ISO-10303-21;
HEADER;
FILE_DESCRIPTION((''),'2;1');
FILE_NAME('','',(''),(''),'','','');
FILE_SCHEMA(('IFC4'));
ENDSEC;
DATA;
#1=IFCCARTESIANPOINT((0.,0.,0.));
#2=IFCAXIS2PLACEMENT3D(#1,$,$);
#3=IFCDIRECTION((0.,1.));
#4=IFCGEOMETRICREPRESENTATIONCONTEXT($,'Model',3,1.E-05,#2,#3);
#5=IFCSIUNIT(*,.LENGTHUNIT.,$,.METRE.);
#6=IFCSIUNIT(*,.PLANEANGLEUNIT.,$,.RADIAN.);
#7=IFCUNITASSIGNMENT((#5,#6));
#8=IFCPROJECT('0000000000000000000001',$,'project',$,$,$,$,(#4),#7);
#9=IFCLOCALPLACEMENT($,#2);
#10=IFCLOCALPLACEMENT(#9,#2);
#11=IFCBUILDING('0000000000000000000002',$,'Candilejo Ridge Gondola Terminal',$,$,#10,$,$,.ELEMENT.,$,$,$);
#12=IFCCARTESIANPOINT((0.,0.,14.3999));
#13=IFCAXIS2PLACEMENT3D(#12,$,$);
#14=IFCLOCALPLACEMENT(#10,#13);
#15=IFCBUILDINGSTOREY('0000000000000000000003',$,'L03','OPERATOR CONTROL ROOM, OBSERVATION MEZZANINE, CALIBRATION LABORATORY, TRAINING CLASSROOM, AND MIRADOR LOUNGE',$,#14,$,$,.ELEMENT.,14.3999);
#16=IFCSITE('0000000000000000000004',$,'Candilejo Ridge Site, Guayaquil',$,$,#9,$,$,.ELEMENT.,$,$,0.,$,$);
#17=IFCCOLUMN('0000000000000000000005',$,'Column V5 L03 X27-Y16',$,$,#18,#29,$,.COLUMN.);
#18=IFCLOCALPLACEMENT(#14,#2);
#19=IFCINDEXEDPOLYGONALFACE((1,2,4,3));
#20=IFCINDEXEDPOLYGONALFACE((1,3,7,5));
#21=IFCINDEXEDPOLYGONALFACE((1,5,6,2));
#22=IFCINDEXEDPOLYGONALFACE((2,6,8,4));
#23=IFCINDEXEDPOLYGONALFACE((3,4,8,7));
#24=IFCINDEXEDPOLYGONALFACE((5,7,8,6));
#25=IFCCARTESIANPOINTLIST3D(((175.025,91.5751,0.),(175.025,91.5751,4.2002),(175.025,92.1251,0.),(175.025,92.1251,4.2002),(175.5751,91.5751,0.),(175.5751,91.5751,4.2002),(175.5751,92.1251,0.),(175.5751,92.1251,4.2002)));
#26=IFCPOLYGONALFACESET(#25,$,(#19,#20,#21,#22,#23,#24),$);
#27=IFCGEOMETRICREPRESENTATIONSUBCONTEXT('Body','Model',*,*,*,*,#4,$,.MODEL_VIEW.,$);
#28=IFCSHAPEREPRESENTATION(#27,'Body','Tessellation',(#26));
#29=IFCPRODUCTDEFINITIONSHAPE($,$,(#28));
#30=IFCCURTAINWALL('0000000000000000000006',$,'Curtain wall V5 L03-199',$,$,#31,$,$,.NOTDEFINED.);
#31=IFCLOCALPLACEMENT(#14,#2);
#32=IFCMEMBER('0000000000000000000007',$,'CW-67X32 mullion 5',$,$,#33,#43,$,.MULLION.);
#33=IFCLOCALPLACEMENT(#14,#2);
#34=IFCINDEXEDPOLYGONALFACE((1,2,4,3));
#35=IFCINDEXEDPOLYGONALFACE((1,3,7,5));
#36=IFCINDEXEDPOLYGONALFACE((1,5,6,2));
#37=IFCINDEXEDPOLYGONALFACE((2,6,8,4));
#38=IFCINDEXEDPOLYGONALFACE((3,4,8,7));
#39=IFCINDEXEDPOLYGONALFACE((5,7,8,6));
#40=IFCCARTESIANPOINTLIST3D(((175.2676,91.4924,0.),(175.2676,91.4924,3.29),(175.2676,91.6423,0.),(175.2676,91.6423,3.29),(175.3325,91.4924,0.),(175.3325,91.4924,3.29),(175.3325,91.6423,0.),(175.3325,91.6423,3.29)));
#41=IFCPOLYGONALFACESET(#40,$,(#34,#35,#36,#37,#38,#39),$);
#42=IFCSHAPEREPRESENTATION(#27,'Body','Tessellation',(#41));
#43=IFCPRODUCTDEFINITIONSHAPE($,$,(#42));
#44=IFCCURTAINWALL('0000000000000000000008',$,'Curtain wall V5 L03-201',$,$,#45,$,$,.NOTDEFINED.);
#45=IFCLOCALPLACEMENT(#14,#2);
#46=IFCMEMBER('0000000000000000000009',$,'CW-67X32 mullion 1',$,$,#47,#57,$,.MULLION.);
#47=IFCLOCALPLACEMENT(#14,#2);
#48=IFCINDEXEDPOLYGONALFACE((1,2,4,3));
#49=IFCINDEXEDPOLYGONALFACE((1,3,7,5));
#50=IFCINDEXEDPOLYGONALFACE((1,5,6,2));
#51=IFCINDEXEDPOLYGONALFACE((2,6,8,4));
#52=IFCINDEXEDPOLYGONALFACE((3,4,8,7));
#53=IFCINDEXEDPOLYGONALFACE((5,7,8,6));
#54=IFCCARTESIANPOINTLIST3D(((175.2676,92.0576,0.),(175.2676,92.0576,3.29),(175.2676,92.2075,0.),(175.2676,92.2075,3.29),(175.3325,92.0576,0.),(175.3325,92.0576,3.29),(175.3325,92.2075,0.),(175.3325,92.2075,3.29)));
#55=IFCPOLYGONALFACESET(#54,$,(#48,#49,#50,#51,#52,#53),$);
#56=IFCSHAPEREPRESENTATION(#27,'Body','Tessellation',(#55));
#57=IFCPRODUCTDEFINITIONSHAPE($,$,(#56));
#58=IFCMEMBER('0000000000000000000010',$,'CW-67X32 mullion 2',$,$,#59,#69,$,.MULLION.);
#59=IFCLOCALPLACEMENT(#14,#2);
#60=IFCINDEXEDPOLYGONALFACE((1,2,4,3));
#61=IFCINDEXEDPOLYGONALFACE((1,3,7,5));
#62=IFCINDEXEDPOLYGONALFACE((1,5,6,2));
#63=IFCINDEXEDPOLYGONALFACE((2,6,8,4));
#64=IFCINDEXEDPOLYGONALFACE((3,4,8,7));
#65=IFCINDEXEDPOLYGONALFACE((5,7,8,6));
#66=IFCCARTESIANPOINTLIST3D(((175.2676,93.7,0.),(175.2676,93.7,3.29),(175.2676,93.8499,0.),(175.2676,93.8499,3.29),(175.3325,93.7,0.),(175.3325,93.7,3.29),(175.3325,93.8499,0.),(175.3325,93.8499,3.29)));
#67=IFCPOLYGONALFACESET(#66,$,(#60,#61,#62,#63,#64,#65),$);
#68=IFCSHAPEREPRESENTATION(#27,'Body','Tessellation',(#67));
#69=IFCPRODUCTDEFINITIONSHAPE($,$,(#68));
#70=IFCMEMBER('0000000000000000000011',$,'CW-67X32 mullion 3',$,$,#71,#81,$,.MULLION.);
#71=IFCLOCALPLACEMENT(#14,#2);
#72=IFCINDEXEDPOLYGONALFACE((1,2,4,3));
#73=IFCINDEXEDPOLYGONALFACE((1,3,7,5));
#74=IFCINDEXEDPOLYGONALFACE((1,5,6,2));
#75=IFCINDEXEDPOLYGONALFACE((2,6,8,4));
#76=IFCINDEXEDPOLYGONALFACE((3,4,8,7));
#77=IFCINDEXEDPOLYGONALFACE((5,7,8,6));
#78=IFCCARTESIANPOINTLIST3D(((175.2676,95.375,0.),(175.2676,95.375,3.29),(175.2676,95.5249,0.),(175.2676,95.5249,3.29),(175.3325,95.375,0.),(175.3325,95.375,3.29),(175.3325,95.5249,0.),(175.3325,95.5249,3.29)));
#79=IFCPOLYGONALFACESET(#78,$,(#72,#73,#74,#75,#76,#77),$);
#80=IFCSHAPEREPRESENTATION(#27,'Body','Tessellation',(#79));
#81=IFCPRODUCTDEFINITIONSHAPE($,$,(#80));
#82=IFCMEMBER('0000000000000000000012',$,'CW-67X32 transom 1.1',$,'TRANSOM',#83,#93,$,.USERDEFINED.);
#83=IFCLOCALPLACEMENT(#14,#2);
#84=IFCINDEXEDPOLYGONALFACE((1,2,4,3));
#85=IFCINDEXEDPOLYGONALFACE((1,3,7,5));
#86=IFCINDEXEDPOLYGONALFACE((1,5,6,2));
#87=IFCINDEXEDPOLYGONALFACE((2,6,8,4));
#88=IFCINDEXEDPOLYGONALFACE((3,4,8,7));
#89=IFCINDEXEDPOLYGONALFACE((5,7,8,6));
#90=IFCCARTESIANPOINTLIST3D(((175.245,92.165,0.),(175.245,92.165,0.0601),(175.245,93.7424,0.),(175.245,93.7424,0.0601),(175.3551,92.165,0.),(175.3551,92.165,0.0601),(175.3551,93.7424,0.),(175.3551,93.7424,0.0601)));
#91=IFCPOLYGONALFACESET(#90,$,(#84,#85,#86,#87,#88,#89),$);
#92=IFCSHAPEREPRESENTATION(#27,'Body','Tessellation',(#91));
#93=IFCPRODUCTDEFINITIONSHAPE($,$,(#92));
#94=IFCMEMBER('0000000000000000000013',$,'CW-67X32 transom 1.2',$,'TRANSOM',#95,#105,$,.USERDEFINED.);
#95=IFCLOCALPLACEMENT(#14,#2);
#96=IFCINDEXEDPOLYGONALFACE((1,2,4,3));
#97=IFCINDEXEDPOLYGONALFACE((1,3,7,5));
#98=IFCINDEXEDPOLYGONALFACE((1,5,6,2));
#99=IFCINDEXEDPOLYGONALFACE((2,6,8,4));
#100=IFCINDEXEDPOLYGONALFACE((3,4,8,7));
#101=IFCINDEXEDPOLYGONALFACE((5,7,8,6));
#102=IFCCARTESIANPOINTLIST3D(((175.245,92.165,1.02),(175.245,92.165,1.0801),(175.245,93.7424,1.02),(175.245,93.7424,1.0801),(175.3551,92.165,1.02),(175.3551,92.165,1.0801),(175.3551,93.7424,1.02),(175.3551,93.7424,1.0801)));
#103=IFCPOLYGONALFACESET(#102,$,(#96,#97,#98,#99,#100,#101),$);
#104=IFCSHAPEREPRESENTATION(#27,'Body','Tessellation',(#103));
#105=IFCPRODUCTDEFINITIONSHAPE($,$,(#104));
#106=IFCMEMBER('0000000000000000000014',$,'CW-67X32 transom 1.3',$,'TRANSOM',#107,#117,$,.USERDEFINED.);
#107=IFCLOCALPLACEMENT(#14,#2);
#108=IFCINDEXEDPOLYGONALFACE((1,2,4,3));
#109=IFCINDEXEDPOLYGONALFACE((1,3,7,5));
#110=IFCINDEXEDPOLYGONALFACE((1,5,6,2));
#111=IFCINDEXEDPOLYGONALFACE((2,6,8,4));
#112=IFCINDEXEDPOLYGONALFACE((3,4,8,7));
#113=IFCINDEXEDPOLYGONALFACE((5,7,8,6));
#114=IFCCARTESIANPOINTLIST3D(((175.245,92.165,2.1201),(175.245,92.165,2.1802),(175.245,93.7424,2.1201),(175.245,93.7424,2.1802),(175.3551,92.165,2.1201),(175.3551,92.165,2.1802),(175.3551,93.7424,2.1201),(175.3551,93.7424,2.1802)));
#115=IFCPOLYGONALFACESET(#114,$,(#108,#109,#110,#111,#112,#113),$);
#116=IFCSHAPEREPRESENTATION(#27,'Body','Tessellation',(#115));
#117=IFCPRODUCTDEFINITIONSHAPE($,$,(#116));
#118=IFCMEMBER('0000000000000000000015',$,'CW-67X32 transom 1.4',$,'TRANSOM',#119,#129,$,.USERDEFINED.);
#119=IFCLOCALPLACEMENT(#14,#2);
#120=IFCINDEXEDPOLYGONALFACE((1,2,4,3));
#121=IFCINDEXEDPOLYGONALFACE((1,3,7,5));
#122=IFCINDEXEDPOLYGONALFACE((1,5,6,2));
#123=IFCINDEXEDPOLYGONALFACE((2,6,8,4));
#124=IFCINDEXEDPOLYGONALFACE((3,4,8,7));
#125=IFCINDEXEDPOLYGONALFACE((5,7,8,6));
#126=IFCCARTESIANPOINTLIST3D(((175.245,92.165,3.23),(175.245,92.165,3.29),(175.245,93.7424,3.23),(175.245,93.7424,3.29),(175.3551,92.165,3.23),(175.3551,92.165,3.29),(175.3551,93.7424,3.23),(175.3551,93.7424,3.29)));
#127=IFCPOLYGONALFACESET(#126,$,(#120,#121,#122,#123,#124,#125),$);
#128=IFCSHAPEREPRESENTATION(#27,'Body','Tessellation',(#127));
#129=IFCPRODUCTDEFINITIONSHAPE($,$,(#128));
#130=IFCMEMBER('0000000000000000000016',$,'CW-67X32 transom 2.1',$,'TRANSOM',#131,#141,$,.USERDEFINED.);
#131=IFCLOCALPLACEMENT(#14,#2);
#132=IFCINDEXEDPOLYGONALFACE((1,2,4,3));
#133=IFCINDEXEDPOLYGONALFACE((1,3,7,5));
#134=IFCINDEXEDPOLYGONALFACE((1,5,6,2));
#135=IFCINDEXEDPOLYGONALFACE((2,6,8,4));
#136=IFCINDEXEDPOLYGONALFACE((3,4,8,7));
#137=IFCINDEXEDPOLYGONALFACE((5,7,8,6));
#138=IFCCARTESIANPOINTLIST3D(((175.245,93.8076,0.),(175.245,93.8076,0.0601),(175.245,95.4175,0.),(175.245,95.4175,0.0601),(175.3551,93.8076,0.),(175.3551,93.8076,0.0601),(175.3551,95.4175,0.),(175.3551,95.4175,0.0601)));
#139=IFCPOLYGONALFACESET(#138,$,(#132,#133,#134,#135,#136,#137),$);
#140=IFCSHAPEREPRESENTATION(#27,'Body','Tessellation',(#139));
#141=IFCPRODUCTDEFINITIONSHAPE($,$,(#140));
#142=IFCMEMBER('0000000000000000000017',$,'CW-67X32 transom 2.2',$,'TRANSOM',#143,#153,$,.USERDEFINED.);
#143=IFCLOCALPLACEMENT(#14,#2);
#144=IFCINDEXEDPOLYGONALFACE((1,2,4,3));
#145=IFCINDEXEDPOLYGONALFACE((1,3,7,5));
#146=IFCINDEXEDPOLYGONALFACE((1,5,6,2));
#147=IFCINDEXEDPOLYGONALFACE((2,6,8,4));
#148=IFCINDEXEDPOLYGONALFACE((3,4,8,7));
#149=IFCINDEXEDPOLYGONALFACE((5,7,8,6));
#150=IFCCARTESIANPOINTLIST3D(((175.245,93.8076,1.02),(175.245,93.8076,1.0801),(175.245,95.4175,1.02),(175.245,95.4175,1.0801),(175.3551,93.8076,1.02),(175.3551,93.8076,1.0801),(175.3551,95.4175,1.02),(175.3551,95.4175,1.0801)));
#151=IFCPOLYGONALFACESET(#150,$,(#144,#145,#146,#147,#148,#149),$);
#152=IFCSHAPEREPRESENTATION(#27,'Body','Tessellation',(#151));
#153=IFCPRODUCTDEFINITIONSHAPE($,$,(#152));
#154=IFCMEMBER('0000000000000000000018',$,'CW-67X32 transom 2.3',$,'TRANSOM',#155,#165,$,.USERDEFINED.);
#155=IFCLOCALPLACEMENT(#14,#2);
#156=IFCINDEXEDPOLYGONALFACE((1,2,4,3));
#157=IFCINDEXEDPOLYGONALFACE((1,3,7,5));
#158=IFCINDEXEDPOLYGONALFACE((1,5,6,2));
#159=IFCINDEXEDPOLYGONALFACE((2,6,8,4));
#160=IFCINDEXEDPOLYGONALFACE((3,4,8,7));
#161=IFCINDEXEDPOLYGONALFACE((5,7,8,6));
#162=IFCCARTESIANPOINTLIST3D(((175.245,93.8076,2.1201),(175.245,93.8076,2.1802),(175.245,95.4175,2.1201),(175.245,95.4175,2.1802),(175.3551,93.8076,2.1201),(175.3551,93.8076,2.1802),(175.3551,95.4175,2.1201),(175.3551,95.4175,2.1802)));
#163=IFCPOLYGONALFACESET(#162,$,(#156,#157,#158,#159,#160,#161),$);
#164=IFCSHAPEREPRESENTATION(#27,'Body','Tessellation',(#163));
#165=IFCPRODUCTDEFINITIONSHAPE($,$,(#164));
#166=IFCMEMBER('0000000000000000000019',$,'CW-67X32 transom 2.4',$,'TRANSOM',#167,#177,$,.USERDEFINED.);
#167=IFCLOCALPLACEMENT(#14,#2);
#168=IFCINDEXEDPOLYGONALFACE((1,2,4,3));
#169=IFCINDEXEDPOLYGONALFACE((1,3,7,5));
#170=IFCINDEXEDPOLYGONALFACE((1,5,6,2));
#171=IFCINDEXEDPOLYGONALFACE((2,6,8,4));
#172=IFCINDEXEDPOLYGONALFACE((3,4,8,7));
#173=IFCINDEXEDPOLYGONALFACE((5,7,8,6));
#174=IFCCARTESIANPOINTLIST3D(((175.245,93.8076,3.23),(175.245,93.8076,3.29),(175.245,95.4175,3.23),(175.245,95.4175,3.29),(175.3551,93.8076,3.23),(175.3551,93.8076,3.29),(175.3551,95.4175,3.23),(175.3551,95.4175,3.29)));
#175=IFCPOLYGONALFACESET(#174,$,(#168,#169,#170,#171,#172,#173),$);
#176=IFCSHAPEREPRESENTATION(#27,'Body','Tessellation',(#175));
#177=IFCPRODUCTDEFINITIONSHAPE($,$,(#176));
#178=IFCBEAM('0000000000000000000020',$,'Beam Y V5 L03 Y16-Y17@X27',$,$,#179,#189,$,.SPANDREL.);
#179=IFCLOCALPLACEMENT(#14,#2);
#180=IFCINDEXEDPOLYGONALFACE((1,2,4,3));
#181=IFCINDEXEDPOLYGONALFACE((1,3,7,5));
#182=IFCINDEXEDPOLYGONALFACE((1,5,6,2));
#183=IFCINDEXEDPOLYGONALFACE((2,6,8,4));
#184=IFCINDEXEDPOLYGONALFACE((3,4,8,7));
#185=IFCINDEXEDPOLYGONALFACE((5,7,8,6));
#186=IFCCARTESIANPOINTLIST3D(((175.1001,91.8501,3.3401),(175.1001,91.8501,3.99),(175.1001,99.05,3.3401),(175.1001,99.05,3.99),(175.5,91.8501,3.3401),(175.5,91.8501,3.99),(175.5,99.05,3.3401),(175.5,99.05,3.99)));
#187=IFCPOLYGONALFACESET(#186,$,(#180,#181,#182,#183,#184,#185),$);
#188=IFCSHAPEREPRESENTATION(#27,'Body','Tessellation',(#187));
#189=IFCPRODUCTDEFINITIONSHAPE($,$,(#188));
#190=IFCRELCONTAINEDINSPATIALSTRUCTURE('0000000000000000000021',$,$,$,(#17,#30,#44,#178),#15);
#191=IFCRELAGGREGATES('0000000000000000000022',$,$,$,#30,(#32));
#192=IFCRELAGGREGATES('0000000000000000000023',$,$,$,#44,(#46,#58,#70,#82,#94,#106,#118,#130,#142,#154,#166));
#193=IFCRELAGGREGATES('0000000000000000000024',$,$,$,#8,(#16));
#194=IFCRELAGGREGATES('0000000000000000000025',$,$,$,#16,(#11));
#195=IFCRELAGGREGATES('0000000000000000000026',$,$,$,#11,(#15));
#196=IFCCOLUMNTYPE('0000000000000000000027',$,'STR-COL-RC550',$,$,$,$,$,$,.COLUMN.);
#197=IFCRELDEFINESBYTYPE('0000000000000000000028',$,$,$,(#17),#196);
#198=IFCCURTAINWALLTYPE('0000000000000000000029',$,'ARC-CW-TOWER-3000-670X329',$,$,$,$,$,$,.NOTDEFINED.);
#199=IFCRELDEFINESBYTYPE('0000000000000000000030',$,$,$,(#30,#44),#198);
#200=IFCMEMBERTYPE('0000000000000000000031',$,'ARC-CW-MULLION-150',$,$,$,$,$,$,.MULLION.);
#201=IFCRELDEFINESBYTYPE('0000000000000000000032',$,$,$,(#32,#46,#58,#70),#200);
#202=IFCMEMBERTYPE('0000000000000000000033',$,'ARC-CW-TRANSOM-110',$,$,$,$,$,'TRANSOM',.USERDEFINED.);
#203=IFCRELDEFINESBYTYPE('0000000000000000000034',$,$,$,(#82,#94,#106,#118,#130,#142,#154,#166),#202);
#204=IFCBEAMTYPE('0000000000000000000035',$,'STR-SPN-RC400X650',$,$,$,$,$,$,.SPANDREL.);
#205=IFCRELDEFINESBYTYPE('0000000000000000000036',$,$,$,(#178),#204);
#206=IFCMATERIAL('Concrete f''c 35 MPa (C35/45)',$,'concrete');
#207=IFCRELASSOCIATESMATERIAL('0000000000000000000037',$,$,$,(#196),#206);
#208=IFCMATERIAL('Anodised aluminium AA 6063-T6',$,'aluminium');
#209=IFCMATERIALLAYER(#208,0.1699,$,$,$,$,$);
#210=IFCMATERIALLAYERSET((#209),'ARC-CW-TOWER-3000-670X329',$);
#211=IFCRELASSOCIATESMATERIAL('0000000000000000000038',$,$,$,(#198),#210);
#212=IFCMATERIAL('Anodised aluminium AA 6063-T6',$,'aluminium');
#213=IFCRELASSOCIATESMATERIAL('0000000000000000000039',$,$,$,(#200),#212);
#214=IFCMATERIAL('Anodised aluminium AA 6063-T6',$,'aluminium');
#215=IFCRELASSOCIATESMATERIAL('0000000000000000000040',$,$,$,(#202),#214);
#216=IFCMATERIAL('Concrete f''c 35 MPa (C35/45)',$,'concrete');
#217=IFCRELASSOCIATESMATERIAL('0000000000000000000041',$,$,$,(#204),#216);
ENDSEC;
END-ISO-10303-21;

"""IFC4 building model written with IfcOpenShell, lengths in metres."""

from ifc_helpers import new_model, si_unit, direction, frame, origin, origin_2d, place, context, subcontext, project, spatial, rectangle, extrude, material, layer, layer_set, material_profile, profile_set, type_object, element, aggregate, save


model = new_model("IFC4")

# Units and contexts
model_context = context("Model", 3, precision=1e-05, world=origin(), true_north=direction((0.0, 1.0)))
body_context = subcontext(model_context, "Body", "Model", "MODEL_VIEW")
ifc_project = project(units=[si_unit("LENGTHUNIT", "METRE"), si_unit("PLANEANGLEUNIT", "RADIAN")], contexts=[model_context])

# Site, building, storey
site_placement = place(None, origin())
site = spatial("IfcSite", under=ifc_project, at=site_placement, Name="Candilejo Ridge Site, Guayaquil", CompositionType="ELEMENT", RefElevation=0.0)
building_placement = place(site_placement, origin())
building = spatial("IfcBuilding", under=site, at=building_placement, Name="Candilejo Ridge Gondola Terminal", CompositionType="ELEMENT")
storey_placement = place(building_placement, frame((0.0, 0.0, 14.3999)))
storey = spatial("IfcBuildingStorey", under=building, at=storey_placement, Name="L03", Description="OPERATOR CONTROL ROOM, OBSERVATION MEZZANINE, CALIBRATION LABORATORY, TRAINING CLASSROOM, AND MIRADOR LOUNGE", CompositionType="ELEMENT", Elevation=14.3999)

# Column
ifc_material_1 = material(Name="Concrete f'c 35 MPa (C35/45)", Category="concrete")
ifc_material_profile_1 = material_profile(ifc_material_1, rectangle(XDim=0.55, YDim=0.55, at=origin_2d()))
ifc_profile_set_1 = profile_set([ifc_material_profile_1], Name="Concrete f'c 35 MPa (C35/45)")
column_type = type_object("IfcColumnType", Name="STR-COL-RC550", PredefinedType="COLUMN", material=ifc_profile_set_1)
column_placement = place(storey_placement, frame((175.3, 91.8501, 0.0), z_axis=(0.0, 0.0, 1.0), x_axis=(1.0, 0.0, 0.0)))
element("IfcColumn", 1, at=column_placement, inside=storey, type_object=column_type, Name="Column V5 L03 X27-Y16", PredefinedType="COLUMN", context=body_context, shape_type="SweptSolid", body=[
    extrude(rectangle(XDim=0.55, YDim=0.55, at=origin_2d()), origin(), (0.0, 0.0, 1.0), 4.2002),
])

# Curtain wall, member
ifc_material_2 = material(Name="Anodised aluminium AA 6063-T6", Category="aluminium")
ifc_layer_1 = layer(ifc_material_2, 0.1699)
ifc_layer_set_1 = layer_set([ifc_layer_1], Name="ARC-CW-TOWER-3000-670X329")
curtain_wall_type = type_object("IfcCurtainWallType", Name="ARC-CW-TOWER-3000-670X329", PredefinedType="NOTDEFINED", material=ifc_layer_set_1)
curtain_wall_1_placement = place(storey_placement, origin())
curtain_wall_1 = element("IfcCurtainWall", 2, at=curtain_wall_1_placement, inside=storey, type_object=curtain_wall_type, Name="Curtain wall V5 L03-199", PredefinedType="NOTDEFINED")
ifc_material_3 = material(Name="Anodised aluminium AA 6063-T6", Category="aluminium")
ifc_material_profile_2 = material_profile(ifc_material_3, rectangle(XDim=0.0649, YDim=0.1499, at=origin_2d()))
ifc_profile_set_2 = profile_set([ifc_material_profile_2], Name="Anodised aluminium AA 6063-T6")
member_type_1 = type_object("IfcMemberType", Name="ARC-CW-MULLION-150", PredefinedType="MULLION", material=ifc_profile_set_2)
member_1_placement = place(storey_placement, frame((175.3, 91.5674, 0.0), z_axis=(0.0, 0.0, 1.0), x_axis=(-1.0, 0.0, 0.0)))
member_1 = element("IfcMember", 3, at=member_1_placement, type_object=member_type_1, Name="CW-67X32 mullion 5", PredefinedType="MULLION", context=body_context, shape_type="SweptSolid", body=[
    extrude(rectangle(XDim=0.0649, YDim=0.1499, at=origin_2d()), origin(), (0.0, 0.0, 1.0), 3.29),
])

# Curtain wall, members
curtain_wall_2_placement = place(storey_placement, origin())
curtain_wall_2 = element("IfcCurtainWall", 4, at=curtain_wall_2_placement, inside=storey, type_object=curtain_wall_type, Name="Curtain wall V5 L03-201", PredefinedType="NOTDEFINED")
member_2_placement = place(storey_placement, frame((175.3, 92.1326, 0.0), z_axis=(0.0, 0.0, 1.0), x_axis=(-1.0, 0.0, 0.0)))
member_2 = element("IfcMember", 5, at=member_2_placement, type_object=member_type_1, Name="CW-67X32 mullion 1", PredefinedType="MULLION", context=body_context, shape_type="SweptSolid", body=[
    extrude(rectangle(XDim=0.0649, YDim=0.1499, at=origin_2d()), origin(), (0.0, 0.0, 1.0), 3.29),
])
member_3_placement = place(storey_placement, frame((175.3, 93.7749, 0.0), z_axis=(0.0, 0.0, 1.0), x_axis=(-1.0, 0.0, 0.0)))
member_3 = element("IfcMember", 6, at=member_3_placement, type_object=member_type_1, Name="CW-67X32 mullion 2", PredefinedType="MULLION", context=body_context, shape_type="SweptSolid", body=[
    extrude(rectangle(XDim=0.0649, YDim=0.1499, at=origin_2d()), origin(), (0.0, 0.0, 1.0), 3.29),
])
member_4_placement = place(storey_placement, frame((175.3, 95.45, 0.0), z_axis=(0.0, 0.0, 1.0), x_axis=(-1.0, 0.0, 0.0)))
member_4 = element("IfcMember", 7, at=member_4_placement, type_object=member_type_1, Name="CW-67X32 mullion 3", PredefinedType="MULLION", context=body_context, shape_type="SweptSolid", body=[
    extrude(rectangle(XDim=0.0649, YDim=0.1499, at=origin_2d()), origin(), (0.0, 0.0, 1.0), 3.29),
])
ifc_material_4 = material(Name="Anodised aluminium AA 6063-T6", Category="aluminium")
ifc_material_profile_3 = material_profile(ifc_material_4, rectangle(XDim=0.1101, YDim=0.0601, at=origin_2d()))
ifc_profile_set_3 = profile_set([ifc_material_profile_3], Name="Anodised aluminium AA 6063-T6")
member_type_2 = type_object("IfcMemberType", Name="ARC-CW-TRANSOM-110", ElementType="TRANSOM", PredefinedType="USERDEFINED", material=ifc_profile_set_3)
member_5_placement = place(storey_placement, frame((175.3, 92.165, 0.03), z_axis=(0.0, 1.0, 0.0), x_axis=(-1.0, 0.0, 0.0)))
member_5 = element("IfcMember", 8, at=member_5_placement, type_object=member_type_2, Name="CW-67X32 transom 1.1", ObjectType="TRANSOM", PredefinedType="USERDEFINED", context=body_context, shape_type="SweptSolid", body=[
    extrude(rectangle(XDim=0.1101, YDim=0.0601, at=origin_2d()), origin(), (0.0, 0.0, 1.0), 1.5774),
])
member_6_placement = place(storey_placement, frame((175.3, 92.165, 1.05), z_axis=(0.0, 1.0, 0.0), x_axis=(-1.0, 0.0, 0.0)))
member_6 = element("IfcMember", 9, at=member_6_placement, type_object=member_type_2, Name="CW-67X32 transom 1.2", ObjectType="TRANSOM", PredefinedType="USERDEFINED", context=body_context, shape_type="SweptSolid", body=[
    extrude(rectangle(XDim=0.1101, YDim=0.0601, at=origin_2d()), origin(), (0.0, 0.0, 1.0), 1.5774),
])
member_7_placement = place(storey_placement, frame((175.3, 92.165, 2.1501), z_axis=(0.0, 1.0, 0.0), x_axis=(-1.0, 0.0, 0.0)))
member_7 = element("IfcMember", 10, at=member_7_placement, type_object=member_type_2, Name="CW-67X32 transom 1.3", ObjectType="TRANSOM", PredefinedType="USERDEFINED", context=body_context, shape_type="SweptSolid", body=[
    extrude(rectangle(XDim=0.1101, YDim=0.0601, at=origin_2d()), origin(), (0.0, 0.0, 1.0), 1.5774),
])
member_8_placement = place(storey_placement, frame((175.3, 92.165, 3.26), z_axis=(0.0, 1.0, 0.0), x_axis=(-1.0, 0.0, 0.0)))
member_8 = element("IfcMember", 11, at=member_8_placement, type_object=member_type_2, Name="CW-67X32 transom 1.4", ObjectType="TRANSOM", PredefinedType="USERDEFINED", context=body_context, shape_type="SweptSolid", body=[
    extrude(rectangle(XDim=0.1101, YDim=0.0601, at=origin_2d()), origin(), (0.0, 0.0, 1.0), 1.5774),
])
member_9_placement = place(storey_placement, frame((175.3, 93.8076, 0.03), z_axis=(0.0, 1.0, 0.0), x_axis=(-1.0, 0.0, 0.0)))
member_9 = element("IfcMember", 12, at=member_9_placement, type_object=member_type_2, Name="CW-67X32 transom 2.1", ObjectType="TRANSOM", PredefinedType="USERDEFINED", context=body_context, shape_type="SweptSolid", body=[
    extrude(rectangle(XDim=0.1101, YDim=0.0601, at=origin_2d()), origin(), (0.0, 0.0, 1.0), 1.6099),
])
member_10_placement = place(storey_placement, frame((175.3, 93.8076, 1.05), z_axis=(0.0, 1.0, 0.0), x_axis=(-1.0, 0.0, 0.0)))
member_10 = element("IfcMember", 13, at=member_10_placement, type_object=member_type_2, Name="CW-67X32 transom 2.2", ObjectType="TRANSOM", PredefinedType="USERDEFINED", context=body_context, shape_type="SweptSolid", body=[
    extrude(rectangle(XDim=0.1101, YDim=0.0601, at=origin_2d()), origin(), (0.0, 0.0, 1.0), 1.6099),
])
member_11_placement = place(storey_placement, frame((175.3, 93.8076, 2.1501), z_axis=(0.0, 1.0, 0.0), x_axis=(-1.0, 0.0, 0.0)))
member_11 = element("IfcMember", 14, at=member_11_placement, type_object=member_type_2, Name="CW-67X32 transom 2.3", ObjectType="TRANSOM", PredefinedType="USERDEFINED", context=body_context, shape_type="SweptSolid", body=[
    extrude(rectangle(XDim=0.1101, YDim=0.0601, at=origin_2d()), origin(), (0.0, 0.0, 1.0), 1.6099),
])
member_12_placement = place(storey_placement, frame((175.3, 93.8076, 3.26), z_axis=(0.0, 1.0, 0.0), x_axis=(-1.0, 0.0, 0.0)))
member_12 = element("IfcMember", 15, at=member_12_placement, type_object=member_type_2, Name="CW-67X32 transom 2.4", ObjectType="TRANSOM", PredefinedType="USERDEFINED", context=body_context, shape_type="SweptSolid", body=[
    extrude(rectangle(XDim=0.1101, YDim=0.0601, at=origin_2d()), origin(), (0.0, 0.0, 1.0), 1.6099),
])

# Beam
ifc_material_5 = material(Name="Concrete f'c 35 MPa (C35/45)", Category="concrete")
ifc_material_profile_4 = material_profile(ifc_material_5, rectangle(XDim=0.3999, YDim=0.6499, at=origin_2d()))
ifc_profile_set_4 = profile_set([ifc_material_profile_4], Name="Concrete f'c 35 MPa (C35/45)")
beam_type = type_object("IfcBeamType", Name="STR-SPN-RC400X650", PredefinedType="SPANDREL", material=ifc_profile_set_4)
beam_placement = place(storey_placement, frame((175.3, 91.8501, 3.665), z_axis=(0.0, 1.0, 0.0), x_axis=(-1.0, 0.0, 0.0)))
element("IfcBeam", 16, at=beam_placement, inside=storey, type_object=beam_type, Name="Beam Y V5 L03 Y16-Y17@X27", PredefinedType="SPANDREL", context=body_context, shape_type="SweptSolid", body=[
    extrude(rectangle(XDim=0.3999, YDim=0.6499, at=origin_2d()), origin(), (0.0, 0.0, 1.0), 7.2),
])

aggregate(curtain_wall_1, [member_1])
aggregate(curtain_wall_2, [member_2, member_3, member_4, member_5, member_6, member_7, member_8, member_9, member_10, member_11, member_12])

save(model, "model.ifc")
